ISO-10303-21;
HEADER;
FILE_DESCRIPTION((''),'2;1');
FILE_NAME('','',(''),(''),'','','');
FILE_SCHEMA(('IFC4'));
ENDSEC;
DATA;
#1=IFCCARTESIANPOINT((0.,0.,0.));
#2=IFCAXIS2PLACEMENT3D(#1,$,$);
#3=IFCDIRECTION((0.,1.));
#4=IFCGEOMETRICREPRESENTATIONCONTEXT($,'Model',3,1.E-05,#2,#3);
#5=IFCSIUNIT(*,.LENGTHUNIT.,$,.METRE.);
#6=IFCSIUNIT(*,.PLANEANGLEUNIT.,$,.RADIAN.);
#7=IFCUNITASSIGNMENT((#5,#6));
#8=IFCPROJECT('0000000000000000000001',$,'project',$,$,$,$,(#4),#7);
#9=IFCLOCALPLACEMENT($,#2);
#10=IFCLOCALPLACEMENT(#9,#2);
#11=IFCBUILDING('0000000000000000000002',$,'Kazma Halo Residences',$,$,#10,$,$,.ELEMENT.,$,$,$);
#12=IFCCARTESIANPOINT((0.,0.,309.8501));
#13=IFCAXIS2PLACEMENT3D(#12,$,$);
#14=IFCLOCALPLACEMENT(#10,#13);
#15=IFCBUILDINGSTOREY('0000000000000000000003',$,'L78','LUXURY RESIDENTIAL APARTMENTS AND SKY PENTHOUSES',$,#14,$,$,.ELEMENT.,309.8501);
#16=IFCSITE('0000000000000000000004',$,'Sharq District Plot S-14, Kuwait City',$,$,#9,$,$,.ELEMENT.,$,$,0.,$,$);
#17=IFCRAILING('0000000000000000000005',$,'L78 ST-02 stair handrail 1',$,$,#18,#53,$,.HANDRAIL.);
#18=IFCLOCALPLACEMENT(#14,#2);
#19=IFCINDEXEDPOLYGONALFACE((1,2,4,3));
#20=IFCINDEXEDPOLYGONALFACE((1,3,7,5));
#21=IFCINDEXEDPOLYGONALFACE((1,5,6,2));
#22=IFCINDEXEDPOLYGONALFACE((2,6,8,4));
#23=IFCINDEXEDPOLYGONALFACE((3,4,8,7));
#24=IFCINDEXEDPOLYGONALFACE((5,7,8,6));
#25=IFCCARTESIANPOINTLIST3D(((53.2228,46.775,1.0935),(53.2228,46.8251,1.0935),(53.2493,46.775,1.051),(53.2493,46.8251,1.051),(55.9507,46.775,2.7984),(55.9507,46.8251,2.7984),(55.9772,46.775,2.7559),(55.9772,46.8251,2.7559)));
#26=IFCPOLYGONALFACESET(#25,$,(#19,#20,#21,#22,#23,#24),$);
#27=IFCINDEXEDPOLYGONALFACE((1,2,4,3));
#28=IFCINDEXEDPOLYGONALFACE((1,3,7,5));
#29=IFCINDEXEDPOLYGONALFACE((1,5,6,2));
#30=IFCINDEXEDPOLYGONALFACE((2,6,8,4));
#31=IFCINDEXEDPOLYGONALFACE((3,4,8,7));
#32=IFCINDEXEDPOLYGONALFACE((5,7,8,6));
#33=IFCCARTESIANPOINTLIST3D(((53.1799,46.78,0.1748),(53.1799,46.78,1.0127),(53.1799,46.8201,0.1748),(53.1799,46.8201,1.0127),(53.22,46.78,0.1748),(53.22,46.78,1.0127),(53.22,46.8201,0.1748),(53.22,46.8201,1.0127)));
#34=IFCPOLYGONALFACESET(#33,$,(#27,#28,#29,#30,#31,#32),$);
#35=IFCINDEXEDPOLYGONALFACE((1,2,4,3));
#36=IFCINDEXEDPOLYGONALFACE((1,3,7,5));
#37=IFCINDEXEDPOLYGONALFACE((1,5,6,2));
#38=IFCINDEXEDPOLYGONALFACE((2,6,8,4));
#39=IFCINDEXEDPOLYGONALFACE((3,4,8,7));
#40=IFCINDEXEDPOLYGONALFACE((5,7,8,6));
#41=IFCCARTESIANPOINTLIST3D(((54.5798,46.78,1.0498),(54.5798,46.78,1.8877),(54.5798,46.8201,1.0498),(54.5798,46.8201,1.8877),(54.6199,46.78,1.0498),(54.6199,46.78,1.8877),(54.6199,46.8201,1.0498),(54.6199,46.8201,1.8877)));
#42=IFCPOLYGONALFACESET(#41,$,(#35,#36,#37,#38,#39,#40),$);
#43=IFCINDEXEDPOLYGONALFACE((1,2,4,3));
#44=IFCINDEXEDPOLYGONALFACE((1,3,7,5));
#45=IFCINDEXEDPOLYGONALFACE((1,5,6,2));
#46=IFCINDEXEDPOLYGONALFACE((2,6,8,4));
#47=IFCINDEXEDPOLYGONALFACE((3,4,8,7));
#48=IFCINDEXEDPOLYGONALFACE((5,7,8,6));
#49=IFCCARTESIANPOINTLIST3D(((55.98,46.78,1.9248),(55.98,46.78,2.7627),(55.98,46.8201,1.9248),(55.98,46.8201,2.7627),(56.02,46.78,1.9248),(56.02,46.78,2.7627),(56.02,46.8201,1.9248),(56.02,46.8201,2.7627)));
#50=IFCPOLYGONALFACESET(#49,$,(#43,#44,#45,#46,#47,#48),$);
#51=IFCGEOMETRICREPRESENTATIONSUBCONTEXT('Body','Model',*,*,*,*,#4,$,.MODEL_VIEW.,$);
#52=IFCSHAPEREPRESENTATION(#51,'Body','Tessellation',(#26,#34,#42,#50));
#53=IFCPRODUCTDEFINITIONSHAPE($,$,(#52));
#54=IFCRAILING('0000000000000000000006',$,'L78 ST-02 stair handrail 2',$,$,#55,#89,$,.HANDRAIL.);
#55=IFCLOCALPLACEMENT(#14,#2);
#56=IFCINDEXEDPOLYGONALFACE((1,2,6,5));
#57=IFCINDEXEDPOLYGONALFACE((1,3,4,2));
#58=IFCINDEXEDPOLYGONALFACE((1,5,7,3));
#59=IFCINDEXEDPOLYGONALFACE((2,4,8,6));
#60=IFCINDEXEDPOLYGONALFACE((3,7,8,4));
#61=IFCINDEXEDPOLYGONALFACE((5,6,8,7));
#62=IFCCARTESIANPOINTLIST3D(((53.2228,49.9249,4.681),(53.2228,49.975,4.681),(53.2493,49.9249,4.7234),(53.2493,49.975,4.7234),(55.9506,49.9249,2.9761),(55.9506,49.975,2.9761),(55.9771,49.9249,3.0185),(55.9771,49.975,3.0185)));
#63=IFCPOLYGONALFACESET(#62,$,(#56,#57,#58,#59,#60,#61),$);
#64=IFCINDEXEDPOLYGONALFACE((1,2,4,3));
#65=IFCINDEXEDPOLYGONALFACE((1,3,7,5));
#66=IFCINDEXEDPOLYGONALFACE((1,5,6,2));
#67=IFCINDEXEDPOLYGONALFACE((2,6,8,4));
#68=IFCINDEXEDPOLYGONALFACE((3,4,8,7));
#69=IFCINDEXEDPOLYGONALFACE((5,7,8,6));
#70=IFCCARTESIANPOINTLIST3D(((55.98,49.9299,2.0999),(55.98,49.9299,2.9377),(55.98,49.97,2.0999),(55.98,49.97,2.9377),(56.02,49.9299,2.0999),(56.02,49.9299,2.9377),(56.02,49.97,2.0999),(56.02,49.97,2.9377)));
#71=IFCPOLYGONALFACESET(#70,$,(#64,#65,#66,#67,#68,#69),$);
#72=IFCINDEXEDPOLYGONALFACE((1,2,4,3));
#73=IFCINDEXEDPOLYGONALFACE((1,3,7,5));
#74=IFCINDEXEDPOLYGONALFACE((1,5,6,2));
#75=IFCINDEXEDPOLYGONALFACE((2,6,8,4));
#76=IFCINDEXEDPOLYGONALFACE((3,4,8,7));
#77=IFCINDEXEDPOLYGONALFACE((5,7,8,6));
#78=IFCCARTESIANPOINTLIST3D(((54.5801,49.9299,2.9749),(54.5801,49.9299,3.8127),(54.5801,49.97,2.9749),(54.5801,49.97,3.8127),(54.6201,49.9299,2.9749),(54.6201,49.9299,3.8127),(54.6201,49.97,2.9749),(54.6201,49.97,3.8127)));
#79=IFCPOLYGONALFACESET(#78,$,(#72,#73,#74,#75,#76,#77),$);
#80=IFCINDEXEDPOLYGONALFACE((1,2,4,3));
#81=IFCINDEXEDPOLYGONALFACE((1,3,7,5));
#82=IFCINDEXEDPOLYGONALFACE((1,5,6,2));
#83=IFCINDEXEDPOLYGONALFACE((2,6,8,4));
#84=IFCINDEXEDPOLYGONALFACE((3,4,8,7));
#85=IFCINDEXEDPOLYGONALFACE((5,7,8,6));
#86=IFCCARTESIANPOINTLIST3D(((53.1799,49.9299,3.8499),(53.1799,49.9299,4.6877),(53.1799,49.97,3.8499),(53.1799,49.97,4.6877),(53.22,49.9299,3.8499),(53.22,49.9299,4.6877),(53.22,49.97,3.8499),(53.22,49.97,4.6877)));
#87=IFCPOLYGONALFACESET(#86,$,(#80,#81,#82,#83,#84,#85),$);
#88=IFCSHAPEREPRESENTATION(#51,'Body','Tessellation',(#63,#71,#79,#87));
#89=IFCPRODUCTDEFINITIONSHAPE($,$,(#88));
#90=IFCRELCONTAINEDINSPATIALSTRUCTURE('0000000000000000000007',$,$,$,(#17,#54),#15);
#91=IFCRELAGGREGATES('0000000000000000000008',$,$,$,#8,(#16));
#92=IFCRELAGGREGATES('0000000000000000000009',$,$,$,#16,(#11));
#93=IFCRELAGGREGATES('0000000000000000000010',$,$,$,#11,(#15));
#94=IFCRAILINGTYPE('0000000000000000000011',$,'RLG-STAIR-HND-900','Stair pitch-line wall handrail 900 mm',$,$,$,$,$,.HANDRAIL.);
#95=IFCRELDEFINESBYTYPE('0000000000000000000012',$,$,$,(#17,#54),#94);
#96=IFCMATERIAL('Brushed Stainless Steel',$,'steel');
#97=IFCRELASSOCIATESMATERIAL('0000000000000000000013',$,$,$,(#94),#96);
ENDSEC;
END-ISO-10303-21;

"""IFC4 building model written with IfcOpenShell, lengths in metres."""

from ifc_helpers import new_model, si_unit, direction, frame, origin, origin_2d, place, context, subcontext, project, spatial, rectangle, extrude, material, type_object, element, save


model = new_model("IFC4")

# Units and contexts
model_context = context("Model", 3, precision=1e-05, world=origin(), true_north=direction((0.0, 1.0)))
body_context = subcontext(model_context, "Body", "Model", "MODEL_VIEW")
ifc_project = project(units=[si_unit("LENGTHUNIT", "METRE"), si_unit("PLANEANGLEUNIT", "RADIAN")], contexts=[model_context])

# Site, building, storey
site_placement = place(None, origin())
site = spatial("IfcSite", under=ifc_project, at=site_placement, Name="Sharq District Plot S-14, Kuwait City", CompositionType="ELEMENT", RefElevation=0.0)
building_placement = place(site_placement, origin())
building = spatial("IfcBuilding", under=site, at=building_placement, Name="Kazma Halo Residences", CompositionType="ELEMENT")
storey_placement = place(building_placement, frame((0.0, 0.0, 309.8501)))
storey = spatial("IfcBuildingStorey", under=building, at=storey_placement, Name="L78", Description="LUXURY RESIDENTIAL APARTMENTS AND SKY PENTHOUSES", CompositionType="ELEMENT", Elevation=309.8501)

# Railings
ifc_material_1 = material(Name="Brushed Stainless Steel", Category="steel")
railing_type_1 = type_object("IfcRailingType", Name="RLG-STAIR-HND-900", Description="Stair pitch-line wall handrail 900 mm", PredefinedType="HANDRAIL", material=ifc_material_1)
railing_1_placement = place(storey_placement, frame((53.2, 46.8, 0.1748)))
element("IfcRailing", 1, at=railing_1_placement, inside=storey, type_object=railing_type_1, Name="L78 ST-02 stair handrail 1", PredefinedType="HANDRAIL", context=body_context, shape_type="SweptSolid", body=[
    extrude(rectangle(XDim=0.05, YDim=0.05, at=origin_2d()), frame((0.0361, 0.0, 0.8975), z_axis=(0.848002, 0.0, 0.529992), x_axis=(0.0, 1.0, 0.0)), (0.0, 0.0, 1.0), 3.2168),
    extrude(rectangle(XDim=0.04, YDim=0.04, at=origin_2d()), origin(), (0.0, 0.0, 1.0), 0.8379),
    extrude(rectangle(XDim=0.04, YDim=0.04, at=origin_2d()), frame((1.3999, 0.0, 0.875)), (0.0, 0.0, 1.0), 0.8379),
    extrude(rectangle(XDim=0.04, YDim=0.04, at=origin_2d()), frame((2.8, 0.0, 1.75)), (0.0, 0.0, 1.0), 0.8379),
])
railing_2_placement = place(storey_placement, frame((56.0, 49.95, 2.0999)))
element("IfcRailing", 2, at=railing_2_placement, inside=storey, type_object=railing_type_1, Name="L78 ST-02 stair handrail 2", PredefinedType="HANDRAIL", context=body_context, shape_type="SweptSolid", body=[
    extrude(rectangle(XDim=0.05, YDim=0.05, at=origin_2d()), frame((-0.0361, 0.0, 0.8975), z_axis=(-0.848002, 0.0, 0.529992), x_axis=(0.0, -1.0, 0.0)), (0.0, 0.0, 1.0), 3.2168),
    extrude(rectangle(XDim=0.04, YDim=0.04, at=origin_2d()), origin(), (0.0, 0.0, 1.0), 0.8379),
    extrude(rectangle(XDim=0.04, YDim=0.04, at=origin_2d()), frame((-1.3999, 0.0, 0.875)), (0.0, 0.0, 1.0), 0.8379),
    extrude(rectangle(XDim=0.04, YDim=0.04, at=origin_2d()), frame((-2.8, 0.0, 1.75)), (0.0, 0.0, 1.0), 0.8379),
])

save(model, "model.ifc")
